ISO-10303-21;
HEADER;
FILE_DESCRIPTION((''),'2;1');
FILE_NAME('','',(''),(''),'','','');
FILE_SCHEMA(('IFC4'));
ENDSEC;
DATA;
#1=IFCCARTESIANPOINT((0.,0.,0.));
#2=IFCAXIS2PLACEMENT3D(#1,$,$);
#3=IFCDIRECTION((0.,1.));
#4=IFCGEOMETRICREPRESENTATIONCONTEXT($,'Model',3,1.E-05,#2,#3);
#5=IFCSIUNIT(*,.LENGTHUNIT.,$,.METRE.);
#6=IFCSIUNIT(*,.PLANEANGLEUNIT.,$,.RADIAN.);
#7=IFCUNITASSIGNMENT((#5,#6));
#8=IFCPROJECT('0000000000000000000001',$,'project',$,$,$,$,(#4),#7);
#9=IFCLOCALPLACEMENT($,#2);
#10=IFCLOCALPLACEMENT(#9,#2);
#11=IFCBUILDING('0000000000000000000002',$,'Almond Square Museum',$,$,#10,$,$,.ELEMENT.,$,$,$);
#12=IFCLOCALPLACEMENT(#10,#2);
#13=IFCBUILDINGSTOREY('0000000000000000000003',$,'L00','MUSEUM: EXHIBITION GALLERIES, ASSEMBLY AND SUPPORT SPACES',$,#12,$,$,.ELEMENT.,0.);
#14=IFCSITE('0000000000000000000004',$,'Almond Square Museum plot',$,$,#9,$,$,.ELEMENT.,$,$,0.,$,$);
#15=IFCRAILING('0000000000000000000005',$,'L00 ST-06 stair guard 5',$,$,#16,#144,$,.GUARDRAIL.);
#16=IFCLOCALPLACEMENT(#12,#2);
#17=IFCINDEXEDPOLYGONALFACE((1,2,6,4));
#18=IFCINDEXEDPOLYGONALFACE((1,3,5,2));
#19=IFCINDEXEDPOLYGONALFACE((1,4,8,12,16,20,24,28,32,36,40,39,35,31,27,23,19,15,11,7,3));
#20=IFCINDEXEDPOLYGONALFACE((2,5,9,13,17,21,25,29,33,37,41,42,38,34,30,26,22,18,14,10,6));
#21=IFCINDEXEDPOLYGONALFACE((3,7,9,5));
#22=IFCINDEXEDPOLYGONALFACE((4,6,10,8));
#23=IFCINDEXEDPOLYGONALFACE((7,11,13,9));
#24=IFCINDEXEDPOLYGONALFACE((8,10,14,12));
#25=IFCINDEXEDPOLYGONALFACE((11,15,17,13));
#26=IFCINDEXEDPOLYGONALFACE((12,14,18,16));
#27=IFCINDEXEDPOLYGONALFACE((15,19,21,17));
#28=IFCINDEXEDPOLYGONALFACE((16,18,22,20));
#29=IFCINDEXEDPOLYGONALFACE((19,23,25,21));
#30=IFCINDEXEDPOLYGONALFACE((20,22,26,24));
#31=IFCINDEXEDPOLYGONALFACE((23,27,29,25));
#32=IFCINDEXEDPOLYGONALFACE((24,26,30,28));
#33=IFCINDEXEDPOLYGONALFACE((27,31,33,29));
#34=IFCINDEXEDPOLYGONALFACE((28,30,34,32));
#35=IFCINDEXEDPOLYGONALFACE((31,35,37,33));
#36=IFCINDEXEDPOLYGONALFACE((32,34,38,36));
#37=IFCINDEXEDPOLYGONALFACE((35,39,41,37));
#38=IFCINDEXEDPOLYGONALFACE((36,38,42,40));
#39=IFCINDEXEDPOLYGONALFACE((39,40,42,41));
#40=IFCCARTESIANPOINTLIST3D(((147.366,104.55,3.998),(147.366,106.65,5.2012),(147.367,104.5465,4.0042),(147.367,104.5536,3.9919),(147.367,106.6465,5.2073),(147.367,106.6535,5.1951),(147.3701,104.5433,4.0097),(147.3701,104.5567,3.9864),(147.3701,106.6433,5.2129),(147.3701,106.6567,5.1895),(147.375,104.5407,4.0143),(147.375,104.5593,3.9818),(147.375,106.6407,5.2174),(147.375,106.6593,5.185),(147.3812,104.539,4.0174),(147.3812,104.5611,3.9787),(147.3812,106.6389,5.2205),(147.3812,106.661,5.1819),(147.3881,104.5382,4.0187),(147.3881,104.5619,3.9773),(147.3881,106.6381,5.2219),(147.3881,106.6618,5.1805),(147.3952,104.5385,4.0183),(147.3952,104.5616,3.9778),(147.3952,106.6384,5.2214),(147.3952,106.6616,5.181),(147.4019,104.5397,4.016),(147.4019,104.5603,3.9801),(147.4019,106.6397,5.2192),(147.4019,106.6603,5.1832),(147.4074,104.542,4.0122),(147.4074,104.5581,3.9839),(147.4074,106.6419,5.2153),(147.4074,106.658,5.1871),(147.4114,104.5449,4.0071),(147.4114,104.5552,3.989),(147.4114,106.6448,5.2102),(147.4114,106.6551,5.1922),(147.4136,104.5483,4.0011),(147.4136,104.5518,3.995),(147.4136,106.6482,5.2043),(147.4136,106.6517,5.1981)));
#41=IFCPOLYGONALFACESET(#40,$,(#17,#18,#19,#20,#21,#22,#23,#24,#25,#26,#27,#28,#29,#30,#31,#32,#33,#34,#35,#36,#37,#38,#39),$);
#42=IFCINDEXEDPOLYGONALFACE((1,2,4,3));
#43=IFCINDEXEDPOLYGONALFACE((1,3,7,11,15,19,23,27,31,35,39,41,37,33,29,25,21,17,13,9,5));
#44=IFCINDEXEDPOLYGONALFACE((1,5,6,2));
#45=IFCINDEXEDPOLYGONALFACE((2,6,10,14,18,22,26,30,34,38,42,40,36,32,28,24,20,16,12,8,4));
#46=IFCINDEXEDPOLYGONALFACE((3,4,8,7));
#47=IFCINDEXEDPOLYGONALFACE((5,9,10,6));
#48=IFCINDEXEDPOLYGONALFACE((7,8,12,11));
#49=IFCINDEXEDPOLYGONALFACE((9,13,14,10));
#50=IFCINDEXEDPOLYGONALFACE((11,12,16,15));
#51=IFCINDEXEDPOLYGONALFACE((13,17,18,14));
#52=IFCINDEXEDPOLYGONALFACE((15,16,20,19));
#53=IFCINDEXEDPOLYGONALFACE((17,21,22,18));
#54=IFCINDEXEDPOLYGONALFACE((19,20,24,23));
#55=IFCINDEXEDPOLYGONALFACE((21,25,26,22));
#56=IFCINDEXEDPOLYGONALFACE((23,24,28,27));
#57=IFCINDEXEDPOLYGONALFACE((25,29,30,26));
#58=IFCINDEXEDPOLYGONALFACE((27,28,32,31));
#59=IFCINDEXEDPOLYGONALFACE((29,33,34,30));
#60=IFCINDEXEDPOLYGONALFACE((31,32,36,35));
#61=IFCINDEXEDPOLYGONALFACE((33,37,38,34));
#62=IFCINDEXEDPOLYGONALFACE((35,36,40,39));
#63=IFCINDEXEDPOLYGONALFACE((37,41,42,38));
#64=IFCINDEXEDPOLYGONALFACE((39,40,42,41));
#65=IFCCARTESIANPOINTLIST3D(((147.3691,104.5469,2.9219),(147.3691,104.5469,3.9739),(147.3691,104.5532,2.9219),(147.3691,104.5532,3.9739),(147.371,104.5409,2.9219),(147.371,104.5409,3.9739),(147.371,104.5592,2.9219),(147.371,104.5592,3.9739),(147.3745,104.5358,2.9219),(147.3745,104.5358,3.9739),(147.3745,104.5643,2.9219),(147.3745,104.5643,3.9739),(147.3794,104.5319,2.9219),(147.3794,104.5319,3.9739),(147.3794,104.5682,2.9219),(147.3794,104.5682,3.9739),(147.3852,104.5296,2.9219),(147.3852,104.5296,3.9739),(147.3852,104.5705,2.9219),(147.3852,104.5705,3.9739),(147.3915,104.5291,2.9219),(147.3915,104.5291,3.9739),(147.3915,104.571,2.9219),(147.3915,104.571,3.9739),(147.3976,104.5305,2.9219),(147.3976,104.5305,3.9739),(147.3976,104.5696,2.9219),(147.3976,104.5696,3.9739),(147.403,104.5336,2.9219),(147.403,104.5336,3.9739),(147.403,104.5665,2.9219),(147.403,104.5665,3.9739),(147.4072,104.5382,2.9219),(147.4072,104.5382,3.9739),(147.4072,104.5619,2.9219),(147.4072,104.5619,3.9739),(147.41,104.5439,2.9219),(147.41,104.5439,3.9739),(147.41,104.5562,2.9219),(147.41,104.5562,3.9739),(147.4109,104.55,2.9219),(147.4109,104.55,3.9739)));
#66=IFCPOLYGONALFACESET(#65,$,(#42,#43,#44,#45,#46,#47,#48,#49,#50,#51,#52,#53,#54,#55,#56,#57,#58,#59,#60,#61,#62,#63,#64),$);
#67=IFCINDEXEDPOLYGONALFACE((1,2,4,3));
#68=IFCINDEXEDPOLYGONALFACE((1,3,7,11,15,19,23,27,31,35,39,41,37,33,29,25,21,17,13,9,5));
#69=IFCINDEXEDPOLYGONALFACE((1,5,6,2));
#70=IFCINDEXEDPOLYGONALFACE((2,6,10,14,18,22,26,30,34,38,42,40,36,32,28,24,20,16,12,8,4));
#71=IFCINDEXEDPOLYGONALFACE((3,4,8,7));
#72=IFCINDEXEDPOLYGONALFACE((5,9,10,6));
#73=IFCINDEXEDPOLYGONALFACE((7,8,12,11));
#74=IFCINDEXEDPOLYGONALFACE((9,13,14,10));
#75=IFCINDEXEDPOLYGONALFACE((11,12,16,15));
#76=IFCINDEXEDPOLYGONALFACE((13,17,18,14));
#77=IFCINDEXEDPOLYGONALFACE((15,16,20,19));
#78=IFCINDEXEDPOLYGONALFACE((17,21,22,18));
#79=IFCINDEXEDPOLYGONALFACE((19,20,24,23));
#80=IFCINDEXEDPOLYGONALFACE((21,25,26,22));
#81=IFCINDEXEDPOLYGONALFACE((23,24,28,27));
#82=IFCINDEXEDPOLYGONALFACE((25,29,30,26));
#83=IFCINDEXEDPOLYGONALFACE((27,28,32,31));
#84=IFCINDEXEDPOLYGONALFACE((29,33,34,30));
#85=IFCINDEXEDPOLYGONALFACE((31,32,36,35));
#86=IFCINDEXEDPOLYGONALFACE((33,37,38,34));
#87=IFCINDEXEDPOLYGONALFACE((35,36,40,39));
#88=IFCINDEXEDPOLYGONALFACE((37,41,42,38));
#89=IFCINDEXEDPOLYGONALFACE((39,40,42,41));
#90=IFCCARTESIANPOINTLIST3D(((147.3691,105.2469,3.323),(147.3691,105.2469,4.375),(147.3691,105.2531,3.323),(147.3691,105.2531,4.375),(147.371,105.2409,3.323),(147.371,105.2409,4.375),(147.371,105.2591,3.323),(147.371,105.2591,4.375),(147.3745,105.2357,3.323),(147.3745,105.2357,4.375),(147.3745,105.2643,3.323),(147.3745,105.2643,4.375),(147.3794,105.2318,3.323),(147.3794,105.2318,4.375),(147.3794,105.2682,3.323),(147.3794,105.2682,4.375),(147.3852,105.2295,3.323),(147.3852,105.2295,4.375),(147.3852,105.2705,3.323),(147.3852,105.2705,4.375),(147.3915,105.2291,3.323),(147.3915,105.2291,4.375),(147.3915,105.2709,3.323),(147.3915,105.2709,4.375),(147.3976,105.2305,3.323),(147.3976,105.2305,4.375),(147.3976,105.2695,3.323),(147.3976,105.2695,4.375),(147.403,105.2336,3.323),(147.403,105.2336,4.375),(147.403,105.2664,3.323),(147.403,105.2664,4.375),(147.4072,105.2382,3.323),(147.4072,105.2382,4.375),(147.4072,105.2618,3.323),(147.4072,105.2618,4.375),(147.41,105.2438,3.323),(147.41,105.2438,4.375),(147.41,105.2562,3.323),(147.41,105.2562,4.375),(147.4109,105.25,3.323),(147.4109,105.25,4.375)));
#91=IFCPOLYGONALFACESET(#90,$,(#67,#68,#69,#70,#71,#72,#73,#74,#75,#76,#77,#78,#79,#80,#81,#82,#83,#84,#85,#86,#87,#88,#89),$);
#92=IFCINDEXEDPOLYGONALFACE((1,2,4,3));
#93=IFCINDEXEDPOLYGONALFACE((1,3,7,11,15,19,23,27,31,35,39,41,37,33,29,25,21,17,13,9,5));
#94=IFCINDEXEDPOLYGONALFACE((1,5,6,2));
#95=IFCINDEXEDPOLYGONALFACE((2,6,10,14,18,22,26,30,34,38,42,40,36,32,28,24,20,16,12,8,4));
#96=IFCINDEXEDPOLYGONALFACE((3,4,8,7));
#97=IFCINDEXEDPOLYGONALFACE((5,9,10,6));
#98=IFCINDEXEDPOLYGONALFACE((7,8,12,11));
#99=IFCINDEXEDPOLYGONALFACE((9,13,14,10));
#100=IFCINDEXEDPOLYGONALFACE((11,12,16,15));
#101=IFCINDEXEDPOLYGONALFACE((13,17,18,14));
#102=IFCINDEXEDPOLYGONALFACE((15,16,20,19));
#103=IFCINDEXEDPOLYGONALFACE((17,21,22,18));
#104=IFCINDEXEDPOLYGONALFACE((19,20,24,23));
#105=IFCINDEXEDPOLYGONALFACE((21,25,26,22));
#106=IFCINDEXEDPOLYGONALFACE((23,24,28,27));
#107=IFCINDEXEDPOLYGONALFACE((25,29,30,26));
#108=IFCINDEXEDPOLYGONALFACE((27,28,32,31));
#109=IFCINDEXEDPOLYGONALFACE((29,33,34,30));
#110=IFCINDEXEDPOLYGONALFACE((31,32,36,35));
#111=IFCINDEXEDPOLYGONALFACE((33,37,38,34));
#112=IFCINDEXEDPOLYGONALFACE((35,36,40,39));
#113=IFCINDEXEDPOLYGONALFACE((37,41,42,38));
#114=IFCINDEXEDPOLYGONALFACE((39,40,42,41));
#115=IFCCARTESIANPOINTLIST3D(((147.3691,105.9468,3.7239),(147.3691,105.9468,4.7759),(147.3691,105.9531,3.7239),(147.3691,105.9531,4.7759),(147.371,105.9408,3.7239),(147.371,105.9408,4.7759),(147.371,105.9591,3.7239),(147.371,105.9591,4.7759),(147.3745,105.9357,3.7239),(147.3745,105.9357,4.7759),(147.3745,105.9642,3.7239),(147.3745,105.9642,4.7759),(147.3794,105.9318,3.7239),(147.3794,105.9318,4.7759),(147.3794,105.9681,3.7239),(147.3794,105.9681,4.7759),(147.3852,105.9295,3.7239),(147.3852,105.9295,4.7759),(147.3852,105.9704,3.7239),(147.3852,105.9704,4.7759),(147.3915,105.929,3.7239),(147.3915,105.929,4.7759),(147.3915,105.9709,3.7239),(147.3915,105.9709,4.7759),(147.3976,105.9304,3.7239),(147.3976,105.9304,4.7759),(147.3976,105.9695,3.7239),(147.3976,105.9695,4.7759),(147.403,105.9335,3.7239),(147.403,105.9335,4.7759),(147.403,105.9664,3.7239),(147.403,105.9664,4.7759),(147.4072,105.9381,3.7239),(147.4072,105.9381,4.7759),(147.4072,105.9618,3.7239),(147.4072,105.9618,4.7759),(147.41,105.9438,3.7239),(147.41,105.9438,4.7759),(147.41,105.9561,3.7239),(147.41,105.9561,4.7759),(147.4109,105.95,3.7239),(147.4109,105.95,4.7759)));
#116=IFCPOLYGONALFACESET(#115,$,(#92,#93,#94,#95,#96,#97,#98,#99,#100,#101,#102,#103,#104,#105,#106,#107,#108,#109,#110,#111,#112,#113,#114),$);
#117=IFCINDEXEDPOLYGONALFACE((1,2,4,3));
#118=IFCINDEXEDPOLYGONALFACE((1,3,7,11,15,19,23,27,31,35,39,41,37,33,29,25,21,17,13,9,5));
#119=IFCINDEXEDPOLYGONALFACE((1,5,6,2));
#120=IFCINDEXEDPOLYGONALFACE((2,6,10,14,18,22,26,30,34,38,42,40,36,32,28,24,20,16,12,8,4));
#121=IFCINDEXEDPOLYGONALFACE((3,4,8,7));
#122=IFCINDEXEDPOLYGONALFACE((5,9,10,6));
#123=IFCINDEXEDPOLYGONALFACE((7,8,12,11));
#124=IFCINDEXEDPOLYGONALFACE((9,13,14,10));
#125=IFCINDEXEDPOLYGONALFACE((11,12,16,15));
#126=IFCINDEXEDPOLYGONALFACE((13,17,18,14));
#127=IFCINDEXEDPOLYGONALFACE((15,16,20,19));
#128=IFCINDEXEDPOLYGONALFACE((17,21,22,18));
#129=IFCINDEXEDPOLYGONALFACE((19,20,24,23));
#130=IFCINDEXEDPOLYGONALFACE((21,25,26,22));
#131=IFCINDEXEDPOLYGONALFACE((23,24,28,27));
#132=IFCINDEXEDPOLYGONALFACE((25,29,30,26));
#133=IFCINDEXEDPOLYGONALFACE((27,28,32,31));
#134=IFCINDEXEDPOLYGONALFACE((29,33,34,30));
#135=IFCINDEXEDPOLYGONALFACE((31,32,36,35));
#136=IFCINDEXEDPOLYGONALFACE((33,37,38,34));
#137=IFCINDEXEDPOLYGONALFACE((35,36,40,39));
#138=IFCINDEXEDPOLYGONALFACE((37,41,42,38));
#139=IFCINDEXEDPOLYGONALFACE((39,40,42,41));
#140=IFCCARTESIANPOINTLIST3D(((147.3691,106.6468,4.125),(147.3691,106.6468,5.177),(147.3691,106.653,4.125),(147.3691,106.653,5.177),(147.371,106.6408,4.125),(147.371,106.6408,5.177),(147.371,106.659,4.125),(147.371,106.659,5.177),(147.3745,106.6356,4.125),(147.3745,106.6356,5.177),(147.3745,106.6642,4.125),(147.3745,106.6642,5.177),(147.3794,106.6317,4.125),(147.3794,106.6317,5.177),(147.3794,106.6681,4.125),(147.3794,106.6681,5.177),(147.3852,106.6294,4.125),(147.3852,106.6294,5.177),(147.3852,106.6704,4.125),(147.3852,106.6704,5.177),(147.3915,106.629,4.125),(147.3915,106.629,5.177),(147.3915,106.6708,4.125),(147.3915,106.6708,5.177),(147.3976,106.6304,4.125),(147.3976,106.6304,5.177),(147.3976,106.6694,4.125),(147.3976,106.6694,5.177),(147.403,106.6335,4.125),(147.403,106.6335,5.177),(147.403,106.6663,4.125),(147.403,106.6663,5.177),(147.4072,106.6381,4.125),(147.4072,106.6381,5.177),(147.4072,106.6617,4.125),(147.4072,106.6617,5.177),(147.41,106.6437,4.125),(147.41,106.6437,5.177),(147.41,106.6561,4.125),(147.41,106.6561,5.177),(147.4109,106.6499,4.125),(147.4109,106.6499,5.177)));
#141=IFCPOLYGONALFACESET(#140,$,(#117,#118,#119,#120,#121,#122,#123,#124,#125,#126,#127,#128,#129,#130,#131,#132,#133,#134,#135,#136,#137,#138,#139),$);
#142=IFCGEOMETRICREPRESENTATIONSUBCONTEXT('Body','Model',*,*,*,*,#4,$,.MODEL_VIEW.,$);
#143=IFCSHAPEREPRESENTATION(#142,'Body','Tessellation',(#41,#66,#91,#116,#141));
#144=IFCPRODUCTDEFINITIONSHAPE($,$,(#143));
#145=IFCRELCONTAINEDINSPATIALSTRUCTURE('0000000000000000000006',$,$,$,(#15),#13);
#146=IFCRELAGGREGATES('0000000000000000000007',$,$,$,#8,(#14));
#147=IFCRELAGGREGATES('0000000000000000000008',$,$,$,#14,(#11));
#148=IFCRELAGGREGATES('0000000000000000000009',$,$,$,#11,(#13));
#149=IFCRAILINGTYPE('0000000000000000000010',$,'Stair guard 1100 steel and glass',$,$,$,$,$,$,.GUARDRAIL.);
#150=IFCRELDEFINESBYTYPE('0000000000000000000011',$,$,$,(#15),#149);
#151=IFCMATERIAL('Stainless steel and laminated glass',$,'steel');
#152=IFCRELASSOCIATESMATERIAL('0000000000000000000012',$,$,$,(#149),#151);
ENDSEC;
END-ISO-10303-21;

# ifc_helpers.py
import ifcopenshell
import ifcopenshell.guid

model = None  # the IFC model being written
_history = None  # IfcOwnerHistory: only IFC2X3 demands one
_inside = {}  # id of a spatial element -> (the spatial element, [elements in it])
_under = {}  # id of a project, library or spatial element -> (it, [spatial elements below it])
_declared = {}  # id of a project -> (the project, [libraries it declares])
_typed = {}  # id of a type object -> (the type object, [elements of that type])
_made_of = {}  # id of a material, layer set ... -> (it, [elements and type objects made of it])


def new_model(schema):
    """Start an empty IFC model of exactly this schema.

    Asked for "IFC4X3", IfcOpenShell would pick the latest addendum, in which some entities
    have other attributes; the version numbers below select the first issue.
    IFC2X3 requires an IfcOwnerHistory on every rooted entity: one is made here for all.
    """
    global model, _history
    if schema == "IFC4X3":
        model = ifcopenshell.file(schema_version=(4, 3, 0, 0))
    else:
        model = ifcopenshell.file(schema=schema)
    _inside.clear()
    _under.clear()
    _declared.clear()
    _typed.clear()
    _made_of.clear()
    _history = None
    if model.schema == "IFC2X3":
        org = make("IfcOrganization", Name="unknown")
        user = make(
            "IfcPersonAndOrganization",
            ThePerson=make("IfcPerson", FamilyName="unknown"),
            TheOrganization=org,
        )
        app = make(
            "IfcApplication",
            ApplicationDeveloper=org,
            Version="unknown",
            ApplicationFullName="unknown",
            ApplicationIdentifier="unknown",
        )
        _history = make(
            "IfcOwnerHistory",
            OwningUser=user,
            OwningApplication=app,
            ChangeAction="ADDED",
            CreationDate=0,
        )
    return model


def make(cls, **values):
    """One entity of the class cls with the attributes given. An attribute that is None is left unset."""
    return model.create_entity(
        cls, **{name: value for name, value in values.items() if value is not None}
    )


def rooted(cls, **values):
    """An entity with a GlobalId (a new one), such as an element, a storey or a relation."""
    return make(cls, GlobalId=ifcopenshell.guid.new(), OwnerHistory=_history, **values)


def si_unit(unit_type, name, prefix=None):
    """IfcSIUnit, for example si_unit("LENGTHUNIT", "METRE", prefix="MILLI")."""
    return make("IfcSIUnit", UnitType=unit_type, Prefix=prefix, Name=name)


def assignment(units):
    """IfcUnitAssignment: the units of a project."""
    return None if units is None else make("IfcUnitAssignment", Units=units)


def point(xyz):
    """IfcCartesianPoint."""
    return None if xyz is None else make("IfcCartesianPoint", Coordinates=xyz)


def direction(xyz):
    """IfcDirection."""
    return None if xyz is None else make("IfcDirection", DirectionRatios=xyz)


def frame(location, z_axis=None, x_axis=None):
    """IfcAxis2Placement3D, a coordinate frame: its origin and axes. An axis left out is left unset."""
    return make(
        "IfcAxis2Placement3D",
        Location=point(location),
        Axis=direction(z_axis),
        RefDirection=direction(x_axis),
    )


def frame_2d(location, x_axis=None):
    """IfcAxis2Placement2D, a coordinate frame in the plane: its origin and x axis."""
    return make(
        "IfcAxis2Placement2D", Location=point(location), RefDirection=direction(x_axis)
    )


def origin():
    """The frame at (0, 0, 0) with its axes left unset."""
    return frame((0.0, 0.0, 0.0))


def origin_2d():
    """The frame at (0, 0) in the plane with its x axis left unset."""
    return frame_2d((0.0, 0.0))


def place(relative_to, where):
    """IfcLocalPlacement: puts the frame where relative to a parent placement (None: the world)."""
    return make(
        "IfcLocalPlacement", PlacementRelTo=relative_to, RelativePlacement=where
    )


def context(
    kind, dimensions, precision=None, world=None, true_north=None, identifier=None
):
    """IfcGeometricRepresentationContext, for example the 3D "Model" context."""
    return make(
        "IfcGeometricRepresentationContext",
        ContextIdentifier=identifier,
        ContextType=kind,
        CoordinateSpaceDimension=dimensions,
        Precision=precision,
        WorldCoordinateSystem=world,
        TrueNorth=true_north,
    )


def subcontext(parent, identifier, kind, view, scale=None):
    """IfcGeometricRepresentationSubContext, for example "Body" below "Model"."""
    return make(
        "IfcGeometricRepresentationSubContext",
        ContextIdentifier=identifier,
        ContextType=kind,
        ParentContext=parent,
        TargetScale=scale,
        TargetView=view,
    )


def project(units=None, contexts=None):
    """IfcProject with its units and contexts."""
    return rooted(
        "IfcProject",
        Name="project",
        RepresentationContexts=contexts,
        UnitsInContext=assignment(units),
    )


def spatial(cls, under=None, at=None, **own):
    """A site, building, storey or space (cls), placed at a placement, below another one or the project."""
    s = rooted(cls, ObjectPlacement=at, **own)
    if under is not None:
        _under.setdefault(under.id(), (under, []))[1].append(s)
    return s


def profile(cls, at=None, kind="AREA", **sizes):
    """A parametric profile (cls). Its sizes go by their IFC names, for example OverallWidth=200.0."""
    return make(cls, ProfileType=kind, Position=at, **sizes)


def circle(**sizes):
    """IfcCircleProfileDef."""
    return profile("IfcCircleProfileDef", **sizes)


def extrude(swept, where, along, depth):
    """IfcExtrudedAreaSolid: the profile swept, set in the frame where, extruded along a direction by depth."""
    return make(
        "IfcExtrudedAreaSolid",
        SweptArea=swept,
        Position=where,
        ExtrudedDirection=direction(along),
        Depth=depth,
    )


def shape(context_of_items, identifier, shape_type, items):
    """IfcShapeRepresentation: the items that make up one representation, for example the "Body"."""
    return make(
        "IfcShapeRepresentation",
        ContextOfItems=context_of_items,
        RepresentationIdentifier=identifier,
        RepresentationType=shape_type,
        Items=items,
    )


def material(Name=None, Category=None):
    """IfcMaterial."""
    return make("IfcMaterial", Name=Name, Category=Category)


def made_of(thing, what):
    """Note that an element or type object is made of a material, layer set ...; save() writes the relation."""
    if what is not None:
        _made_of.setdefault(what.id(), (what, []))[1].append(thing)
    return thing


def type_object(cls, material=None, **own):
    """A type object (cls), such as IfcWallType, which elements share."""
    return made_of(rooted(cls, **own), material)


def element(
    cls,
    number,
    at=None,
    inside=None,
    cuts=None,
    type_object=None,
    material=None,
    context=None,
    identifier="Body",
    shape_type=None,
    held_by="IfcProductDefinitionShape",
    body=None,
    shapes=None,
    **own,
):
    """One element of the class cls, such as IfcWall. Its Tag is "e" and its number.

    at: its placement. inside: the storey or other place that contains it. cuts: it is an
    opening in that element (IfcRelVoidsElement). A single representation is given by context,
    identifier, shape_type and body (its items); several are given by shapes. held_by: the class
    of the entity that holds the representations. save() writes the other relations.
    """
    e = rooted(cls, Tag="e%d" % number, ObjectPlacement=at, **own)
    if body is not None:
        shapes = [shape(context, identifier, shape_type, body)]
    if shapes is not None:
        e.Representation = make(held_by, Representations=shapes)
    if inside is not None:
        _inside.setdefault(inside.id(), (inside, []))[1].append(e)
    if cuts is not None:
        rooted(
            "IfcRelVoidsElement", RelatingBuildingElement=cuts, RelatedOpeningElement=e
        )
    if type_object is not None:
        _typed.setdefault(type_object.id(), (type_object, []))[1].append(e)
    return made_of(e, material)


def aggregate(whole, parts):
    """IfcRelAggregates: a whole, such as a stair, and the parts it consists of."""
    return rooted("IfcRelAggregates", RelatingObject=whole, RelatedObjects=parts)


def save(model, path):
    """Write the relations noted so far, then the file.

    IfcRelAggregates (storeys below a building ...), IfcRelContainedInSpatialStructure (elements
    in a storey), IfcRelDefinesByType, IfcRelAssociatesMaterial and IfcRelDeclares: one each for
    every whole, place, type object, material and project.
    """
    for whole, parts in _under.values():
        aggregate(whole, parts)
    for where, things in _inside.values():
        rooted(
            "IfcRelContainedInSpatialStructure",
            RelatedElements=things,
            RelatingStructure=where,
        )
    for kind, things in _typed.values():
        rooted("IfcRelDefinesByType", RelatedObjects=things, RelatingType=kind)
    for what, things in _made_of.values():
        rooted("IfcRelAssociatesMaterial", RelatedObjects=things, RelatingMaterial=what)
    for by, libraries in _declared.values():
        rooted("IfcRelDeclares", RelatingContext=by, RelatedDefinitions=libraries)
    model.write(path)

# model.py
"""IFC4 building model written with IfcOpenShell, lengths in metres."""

from ifc_helpers import new_model, si_unit, direction, frame, origin, origin_2d, place, context, subcontext, project, spatial, circle, extrude, material, type_object, element, save


model = new_model("IFC4")

# Units and contexts
model_context = context("Model", 3, precision=1e-05, world=origin(), true_north=direction((0.0, 1.0)))
body_context = subcontext(model_context, "Body", "Model", "MODEL_VIEW")
ifc_project = project(units=[si_unit("LENGTHUNIT", "METRE"), si_unit("PLANEANGLEUNIT", "RADIAN")], contexts=[model_context])

# Site, building, storey
site_placement = place(None, origin())
site = spatial("IfcSite", under=ifc_project, at=site_placement, Name="Almond Square Museum plot", CompositionType="ELEMENT", RefElevation=0.0)
building_placement = place(site_placement, origin())
building = spatial("IfcBuilding", under=site, at=building_placement, Name="Almond Square Museum", CompositionType="ELEMENT")
storey_placement = place(building_placement, origin())
storey = spatial("IfcBuildingStorey", under=building, at=storey_placement, Name="L00", Description="MUSEUM: EXHIBITION GALLERIES, ASSEMBLY AND SUPPORT SPACES", CompositionType="ELEMENT", Elevation=0.0)

# Railing
ifc_material_1 = material(Name="Stainless steel and laminated glass", Category="steel")
railing_type_1 = type_object("IfcRailingType", Name="Stair guard 1100 steel and glass", PredefinedType="GUARDRAIL", material=ifc_material_1)
railing_1_placement = place(storey_placement, frame((147.3899, 104.55, 2.9219)))
element("IfcRailing", 1, at=railing_1_placement, inside=storey, type_object=railing_type_1, Name="L00 ST-06 stair guard 5", PredefinedType="GUARDRAIL", context=body_context, shape_type="SweptSolid", body=[
    extrude(circle(Radius=0.0239, at=origin_2d()), frame((0.0, 0.0, 1.0762), z_axis=(0.0, 0.867671, 0.497138), x_axis=(-1.0, 0.0, 0.0)), (0.0, 0.0, 1.0), 2.4202),
    extrude(circle(Radius=0.021, at=origin_2d()), origin(), (0.0, 0.0, 1.0), 1.052),
    extrude(circle(Radius=0.021, at=origin_2d()), frame((0.0, 0.7, 0.4011)), (0.0, 0.0, 1.0), 1.052),
    extrude(circle(Radius=0.021, at=origin_2d()), frame((0.0, 1.3999, 0.802)), (0.0, 0.0, 1.0), 1.052),
    extrude(circle(Radius=0.021, at=origin_2d()), frame((0.0, 2.0999, 1.2031)), (0.0, 0.0, 1.0), 1.052),
])

save(model, "model.ifc")
